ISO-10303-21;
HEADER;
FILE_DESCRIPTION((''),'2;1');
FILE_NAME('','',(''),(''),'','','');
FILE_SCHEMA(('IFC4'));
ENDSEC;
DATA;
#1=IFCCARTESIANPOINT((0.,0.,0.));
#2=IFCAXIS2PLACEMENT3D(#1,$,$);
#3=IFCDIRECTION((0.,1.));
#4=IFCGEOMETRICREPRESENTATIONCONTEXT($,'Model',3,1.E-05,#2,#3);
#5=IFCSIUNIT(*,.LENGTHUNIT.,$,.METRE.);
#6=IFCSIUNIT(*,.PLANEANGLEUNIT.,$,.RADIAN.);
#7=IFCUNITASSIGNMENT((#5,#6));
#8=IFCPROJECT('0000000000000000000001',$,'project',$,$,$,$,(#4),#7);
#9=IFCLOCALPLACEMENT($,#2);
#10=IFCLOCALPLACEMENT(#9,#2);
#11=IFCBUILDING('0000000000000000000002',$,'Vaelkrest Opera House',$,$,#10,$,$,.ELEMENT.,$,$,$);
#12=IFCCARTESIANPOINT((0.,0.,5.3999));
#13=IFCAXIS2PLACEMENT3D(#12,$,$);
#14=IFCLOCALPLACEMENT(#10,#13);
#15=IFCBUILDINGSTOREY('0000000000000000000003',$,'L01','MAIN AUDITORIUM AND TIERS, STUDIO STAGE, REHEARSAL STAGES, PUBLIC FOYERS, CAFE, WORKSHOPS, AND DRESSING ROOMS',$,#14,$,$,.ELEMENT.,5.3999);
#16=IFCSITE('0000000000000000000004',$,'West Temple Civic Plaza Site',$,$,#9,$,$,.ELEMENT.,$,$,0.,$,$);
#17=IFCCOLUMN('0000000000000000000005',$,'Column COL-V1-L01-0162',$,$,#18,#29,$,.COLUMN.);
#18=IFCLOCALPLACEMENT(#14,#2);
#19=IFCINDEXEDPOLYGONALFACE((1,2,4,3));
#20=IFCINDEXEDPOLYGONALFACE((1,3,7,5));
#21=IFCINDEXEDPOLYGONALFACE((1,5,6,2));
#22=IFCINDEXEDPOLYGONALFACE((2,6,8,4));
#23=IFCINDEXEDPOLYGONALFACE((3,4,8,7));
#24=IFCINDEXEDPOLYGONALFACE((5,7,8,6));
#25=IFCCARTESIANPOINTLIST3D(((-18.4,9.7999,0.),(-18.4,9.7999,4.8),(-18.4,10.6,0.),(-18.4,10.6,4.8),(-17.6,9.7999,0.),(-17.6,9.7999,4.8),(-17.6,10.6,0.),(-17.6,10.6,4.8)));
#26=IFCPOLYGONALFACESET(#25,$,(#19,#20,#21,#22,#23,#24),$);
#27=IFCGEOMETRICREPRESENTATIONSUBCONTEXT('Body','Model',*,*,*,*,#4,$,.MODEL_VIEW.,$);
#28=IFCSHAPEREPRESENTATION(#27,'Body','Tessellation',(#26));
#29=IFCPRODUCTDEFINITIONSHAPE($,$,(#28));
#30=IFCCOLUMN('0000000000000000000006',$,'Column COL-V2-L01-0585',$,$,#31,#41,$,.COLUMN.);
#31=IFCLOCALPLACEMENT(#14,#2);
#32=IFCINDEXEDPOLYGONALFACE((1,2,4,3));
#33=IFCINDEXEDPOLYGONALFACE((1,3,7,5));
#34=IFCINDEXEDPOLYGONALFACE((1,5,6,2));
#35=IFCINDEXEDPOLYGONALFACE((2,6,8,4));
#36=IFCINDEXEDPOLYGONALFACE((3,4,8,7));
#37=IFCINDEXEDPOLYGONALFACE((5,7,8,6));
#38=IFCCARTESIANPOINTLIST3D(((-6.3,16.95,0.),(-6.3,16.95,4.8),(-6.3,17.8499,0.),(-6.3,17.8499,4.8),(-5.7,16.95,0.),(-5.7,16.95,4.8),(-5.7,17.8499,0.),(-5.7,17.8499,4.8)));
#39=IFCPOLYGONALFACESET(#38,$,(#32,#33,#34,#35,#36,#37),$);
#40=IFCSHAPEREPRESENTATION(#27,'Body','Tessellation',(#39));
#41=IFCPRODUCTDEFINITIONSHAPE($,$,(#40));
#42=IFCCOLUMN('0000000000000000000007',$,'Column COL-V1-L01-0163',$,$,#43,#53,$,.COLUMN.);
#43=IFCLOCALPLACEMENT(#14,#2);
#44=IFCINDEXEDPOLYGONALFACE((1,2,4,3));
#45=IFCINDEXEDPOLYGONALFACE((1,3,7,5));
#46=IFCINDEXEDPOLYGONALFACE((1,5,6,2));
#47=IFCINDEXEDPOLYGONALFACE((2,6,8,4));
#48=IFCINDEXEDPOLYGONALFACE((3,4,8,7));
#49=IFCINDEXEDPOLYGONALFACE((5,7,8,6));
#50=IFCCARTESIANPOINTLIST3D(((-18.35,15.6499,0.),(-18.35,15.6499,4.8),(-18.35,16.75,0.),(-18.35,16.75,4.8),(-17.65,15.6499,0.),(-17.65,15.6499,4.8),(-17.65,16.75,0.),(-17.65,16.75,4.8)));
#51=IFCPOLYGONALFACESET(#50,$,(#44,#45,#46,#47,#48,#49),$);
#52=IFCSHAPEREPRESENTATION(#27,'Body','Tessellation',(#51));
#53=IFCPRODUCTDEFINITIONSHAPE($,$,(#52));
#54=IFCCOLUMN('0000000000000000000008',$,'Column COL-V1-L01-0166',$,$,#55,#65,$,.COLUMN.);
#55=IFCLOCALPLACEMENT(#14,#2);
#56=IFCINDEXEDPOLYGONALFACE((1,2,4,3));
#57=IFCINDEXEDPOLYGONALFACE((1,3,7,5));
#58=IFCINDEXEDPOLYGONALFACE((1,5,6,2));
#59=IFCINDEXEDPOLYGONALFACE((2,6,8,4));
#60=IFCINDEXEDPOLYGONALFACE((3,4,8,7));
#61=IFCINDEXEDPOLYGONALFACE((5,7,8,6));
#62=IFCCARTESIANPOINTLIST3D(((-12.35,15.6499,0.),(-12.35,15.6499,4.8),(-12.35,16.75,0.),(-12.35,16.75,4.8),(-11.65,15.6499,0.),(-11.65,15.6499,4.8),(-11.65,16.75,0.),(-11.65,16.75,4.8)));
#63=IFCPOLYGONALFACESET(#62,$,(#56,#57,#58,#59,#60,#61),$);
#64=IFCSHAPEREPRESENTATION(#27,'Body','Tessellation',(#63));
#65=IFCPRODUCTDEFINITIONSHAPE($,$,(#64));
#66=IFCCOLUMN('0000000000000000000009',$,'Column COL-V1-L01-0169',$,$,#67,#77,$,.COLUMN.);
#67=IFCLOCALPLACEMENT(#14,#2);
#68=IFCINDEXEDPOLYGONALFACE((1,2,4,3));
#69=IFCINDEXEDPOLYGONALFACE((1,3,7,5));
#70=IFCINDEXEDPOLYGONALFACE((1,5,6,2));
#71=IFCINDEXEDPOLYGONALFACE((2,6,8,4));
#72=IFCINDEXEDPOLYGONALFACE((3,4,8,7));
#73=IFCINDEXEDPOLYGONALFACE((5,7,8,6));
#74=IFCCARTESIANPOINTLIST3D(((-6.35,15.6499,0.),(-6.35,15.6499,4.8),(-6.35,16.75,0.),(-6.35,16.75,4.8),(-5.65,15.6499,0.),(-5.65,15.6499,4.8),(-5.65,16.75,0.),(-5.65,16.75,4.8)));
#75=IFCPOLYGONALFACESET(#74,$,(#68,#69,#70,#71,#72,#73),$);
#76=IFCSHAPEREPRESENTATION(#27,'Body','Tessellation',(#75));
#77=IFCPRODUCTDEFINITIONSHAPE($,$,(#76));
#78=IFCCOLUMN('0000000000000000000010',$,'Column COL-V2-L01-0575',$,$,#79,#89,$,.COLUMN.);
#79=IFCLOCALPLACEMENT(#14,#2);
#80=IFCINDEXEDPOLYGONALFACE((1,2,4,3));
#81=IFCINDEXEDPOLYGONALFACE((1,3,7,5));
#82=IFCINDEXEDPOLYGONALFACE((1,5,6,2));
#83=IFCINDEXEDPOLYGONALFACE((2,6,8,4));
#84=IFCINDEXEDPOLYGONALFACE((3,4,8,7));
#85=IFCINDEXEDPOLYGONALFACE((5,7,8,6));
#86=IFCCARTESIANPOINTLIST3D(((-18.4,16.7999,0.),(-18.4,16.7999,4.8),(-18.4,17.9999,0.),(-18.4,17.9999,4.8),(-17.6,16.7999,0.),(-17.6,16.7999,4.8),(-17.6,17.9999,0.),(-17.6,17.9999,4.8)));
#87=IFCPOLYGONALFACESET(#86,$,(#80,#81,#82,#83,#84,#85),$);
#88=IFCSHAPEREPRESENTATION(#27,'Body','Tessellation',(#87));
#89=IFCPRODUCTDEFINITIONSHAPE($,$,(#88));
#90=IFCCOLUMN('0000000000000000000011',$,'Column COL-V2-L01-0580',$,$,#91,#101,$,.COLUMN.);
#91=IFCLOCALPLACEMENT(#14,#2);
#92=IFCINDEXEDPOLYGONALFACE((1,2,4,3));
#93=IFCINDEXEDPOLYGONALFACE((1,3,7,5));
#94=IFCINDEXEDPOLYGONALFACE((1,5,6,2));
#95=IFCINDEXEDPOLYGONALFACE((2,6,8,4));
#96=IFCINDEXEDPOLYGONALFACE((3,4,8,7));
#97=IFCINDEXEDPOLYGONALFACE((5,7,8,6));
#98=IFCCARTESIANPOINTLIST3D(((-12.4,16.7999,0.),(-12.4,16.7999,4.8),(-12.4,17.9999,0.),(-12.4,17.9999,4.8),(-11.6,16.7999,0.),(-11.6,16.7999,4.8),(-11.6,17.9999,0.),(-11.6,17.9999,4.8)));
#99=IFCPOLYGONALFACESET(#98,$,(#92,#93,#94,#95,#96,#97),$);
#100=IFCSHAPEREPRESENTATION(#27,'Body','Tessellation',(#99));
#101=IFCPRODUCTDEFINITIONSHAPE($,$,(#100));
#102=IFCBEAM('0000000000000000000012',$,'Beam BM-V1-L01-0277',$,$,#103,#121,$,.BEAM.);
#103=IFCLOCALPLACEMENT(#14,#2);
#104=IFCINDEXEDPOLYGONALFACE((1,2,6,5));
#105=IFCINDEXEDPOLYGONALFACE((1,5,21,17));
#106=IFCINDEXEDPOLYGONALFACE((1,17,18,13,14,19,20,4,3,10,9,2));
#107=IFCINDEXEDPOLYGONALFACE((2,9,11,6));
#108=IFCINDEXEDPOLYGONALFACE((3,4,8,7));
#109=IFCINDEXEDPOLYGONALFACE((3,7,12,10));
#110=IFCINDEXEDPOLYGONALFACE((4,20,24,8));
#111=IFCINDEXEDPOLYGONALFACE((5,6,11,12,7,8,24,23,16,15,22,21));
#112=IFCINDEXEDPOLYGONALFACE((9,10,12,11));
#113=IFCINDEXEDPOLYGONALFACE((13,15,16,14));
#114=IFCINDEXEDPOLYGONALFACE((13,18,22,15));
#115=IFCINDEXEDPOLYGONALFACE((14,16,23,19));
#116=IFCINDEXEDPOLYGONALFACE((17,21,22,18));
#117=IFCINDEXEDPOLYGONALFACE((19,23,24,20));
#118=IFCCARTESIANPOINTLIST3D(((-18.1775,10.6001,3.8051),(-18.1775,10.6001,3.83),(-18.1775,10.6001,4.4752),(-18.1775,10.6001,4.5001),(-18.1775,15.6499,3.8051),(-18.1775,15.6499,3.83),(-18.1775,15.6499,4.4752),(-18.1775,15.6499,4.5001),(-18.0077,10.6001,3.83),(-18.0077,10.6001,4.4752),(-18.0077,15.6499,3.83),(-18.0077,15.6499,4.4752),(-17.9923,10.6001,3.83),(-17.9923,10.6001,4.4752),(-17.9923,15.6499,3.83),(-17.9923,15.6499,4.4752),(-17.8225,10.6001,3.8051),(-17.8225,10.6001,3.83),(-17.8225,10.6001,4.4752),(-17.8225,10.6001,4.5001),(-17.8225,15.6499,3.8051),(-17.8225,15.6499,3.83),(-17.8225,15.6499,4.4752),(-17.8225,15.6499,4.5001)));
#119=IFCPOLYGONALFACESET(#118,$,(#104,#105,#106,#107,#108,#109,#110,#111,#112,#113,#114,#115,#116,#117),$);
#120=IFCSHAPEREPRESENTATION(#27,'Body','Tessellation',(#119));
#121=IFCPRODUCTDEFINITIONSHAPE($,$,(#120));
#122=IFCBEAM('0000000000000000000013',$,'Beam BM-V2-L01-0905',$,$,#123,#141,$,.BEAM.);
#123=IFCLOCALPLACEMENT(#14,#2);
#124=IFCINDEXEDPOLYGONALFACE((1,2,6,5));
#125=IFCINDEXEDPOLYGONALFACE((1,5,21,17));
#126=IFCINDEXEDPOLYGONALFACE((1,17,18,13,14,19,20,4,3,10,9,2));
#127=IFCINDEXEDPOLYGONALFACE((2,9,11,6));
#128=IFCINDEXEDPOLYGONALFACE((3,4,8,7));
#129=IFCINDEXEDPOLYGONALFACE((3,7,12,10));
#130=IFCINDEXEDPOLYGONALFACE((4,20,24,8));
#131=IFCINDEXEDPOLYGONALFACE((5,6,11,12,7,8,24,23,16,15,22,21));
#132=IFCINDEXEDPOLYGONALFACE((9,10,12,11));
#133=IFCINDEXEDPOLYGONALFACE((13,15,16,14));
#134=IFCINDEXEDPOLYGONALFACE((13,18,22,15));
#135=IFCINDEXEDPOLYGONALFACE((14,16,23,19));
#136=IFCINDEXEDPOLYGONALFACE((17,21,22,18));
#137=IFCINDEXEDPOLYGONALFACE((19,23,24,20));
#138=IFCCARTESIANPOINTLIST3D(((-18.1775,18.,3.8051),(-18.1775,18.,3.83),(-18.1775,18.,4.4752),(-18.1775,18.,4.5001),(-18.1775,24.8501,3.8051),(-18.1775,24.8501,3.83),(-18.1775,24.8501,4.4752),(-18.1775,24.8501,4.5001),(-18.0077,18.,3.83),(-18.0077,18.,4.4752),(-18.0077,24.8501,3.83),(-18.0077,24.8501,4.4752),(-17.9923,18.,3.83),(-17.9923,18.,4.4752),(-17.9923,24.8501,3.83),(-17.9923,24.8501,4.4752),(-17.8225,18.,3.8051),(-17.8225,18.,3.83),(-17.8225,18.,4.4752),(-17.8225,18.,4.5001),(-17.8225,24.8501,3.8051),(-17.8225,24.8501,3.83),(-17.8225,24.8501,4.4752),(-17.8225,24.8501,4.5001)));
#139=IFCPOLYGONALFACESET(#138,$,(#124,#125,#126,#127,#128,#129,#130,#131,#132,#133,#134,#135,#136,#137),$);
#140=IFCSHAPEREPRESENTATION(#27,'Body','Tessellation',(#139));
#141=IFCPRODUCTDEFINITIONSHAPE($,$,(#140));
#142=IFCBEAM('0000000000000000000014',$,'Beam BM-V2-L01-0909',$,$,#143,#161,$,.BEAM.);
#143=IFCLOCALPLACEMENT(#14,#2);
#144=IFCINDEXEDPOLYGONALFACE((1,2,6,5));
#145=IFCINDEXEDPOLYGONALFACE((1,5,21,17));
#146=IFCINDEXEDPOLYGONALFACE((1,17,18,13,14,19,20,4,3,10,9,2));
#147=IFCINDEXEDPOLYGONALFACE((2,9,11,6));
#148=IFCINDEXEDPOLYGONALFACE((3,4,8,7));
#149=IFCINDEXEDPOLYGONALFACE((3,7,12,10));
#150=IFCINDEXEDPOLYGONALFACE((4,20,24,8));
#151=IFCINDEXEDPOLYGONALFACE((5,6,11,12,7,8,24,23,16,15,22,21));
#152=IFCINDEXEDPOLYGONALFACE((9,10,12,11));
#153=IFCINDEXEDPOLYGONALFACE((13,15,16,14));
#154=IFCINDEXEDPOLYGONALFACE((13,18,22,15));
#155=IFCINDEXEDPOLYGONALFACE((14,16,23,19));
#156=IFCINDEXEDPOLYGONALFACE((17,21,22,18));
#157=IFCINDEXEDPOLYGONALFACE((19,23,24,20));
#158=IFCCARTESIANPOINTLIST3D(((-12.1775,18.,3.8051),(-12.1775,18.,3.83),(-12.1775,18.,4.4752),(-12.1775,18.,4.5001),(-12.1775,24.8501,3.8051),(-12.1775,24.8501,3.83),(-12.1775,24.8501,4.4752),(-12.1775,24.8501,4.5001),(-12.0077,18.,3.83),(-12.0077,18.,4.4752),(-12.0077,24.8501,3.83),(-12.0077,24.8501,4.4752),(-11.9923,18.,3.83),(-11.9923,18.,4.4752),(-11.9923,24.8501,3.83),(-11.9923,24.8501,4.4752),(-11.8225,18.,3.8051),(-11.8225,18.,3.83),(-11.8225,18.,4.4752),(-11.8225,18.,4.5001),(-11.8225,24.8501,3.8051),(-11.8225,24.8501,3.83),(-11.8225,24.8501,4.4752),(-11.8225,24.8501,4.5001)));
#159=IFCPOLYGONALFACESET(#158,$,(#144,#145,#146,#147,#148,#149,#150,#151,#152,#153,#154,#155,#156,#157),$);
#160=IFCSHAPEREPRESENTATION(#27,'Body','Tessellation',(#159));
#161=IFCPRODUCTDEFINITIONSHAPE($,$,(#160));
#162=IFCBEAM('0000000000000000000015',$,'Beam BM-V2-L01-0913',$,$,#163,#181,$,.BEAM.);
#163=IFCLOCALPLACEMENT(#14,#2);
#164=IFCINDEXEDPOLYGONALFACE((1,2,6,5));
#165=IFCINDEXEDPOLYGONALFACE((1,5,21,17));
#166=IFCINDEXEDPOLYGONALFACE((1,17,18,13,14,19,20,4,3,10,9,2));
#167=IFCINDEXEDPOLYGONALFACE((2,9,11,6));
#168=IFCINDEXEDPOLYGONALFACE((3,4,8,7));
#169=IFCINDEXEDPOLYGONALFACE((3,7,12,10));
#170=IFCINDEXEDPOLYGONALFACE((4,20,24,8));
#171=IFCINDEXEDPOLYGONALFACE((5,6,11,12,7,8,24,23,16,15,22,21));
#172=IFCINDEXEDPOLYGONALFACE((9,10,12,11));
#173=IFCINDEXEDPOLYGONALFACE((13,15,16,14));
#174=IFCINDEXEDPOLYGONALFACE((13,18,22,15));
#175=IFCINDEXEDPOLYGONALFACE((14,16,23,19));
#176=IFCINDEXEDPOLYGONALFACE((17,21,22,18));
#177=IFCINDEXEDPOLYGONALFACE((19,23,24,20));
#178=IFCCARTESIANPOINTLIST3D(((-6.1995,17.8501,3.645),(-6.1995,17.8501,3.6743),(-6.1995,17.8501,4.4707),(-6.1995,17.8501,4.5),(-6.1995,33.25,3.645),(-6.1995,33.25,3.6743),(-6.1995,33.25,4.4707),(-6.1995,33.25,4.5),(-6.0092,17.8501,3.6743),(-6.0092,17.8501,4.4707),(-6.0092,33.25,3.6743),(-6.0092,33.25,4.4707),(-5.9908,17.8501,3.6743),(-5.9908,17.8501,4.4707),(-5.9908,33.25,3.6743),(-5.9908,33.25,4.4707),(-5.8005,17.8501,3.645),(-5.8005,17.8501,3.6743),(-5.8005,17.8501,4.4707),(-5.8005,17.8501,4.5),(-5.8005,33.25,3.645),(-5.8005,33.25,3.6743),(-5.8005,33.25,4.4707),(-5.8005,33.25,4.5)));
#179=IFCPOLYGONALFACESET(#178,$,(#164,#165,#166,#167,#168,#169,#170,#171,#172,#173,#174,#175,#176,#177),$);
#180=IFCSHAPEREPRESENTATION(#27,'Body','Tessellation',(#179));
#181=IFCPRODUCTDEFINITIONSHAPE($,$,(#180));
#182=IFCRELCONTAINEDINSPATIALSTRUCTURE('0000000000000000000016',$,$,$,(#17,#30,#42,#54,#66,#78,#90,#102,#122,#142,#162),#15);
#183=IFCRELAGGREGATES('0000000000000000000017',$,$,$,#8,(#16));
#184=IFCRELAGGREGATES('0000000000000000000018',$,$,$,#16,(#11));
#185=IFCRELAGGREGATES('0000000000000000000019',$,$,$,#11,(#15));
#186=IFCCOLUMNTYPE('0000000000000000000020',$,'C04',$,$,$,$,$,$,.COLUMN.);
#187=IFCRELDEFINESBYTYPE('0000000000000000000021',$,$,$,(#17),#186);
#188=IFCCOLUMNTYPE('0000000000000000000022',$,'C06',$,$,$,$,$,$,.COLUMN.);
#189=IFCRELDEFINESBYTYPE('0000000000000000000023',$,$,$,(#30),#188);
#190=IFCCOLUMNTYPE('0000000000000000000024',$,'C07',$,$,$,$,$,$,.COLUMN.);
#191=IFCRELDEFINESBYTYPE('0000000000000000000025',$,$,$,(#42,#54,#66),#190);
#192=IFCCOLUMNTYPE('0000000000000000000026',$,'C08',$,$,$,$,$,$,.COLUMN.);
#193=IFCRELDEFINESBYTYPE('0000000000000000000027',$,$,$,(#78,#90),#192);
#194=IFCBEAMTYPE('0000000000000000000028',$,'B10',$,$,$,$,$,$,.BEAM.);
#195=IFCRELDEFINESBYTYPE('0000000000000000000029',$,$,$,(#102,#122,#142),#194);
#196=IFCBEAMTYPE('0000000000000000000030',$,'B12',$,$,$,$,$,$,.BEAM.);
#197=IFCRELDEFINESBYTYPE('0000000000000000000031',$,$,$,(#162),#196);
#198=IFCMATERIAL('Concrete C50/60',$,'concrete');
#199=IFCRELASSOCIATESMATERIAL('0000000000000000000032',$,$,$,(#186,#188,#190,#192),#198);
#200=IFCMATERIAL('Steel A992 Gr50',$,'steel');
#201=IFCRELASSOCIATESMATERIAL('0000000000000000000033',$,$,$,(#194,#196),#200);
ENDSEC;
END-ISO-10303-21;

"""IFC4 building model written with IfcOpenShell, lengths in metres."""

from ifc_helpers import new_model, si_unit, direction, frame, origin, origin_2d, place, context, subcontext, project, spatial, rectangle, i_section, extrude, material, material_profile, profile_set, type_object, element, save


model = new_model("IFC4")

# Units and contexts
model_context = context("Model", 3, precision=1e-05, world=origin(), true_north=direction((0.0, 1.0)))
body_context = subcontext(model_context, "Body", "Model", "MODEL_VIEW")
ifc_project = project(units=[si_unit("LENGTHUNIT", "METRE"), si_unit("PLANEANGLEUNIT", "RADIAN")], contexts=[model_context])

# Site, building, storey
site_placement = place(None, origin())
site = spatial("IfcSite", under=ifc_project, at=site_placement, Name="West Temple Civic Plaza Site", CompositionType="ELEMENT", RefElevation=0.0)
building_placement = place(site_placement, origin())
building = spatial("IfcBuilding", under=site, at=building_placement, Name="Vaelkrest Opera House", CompositionType="ELEMENT")
storey_placement = place(building_placement, frame((0.0, 0.0, 5.3999)))
storey = spatial("IfcBuildingStorey", under=building, at=storey_placement, Name="L01", Description="MAIN AUDITORIUM AND TIERS, STUDIO STAGE, REHEARSAL STAGES, PUBLIC FOYERS, CAFE, WORKSHOPS, AND DRESSING ROOMS", CompositionType="ELEMENT", Elevation=5.3999)

# Columns
ifc_material_1 = material(Name="Concrete C50/60", Category="concrete")
ifc_material_profile_1 = material_profile(ifc_material_1, rectangle(XDim=0.8, YDim=0.8, at=origin_2d()), Name="RC800X800")
ifc_profile_set_1 = profile_set([ifc_material_profile_1], Name="Concrete C50/60")
column_type_1 = type_object("IfcColumnType", Name="C04", PredefinedType="COLUMN", material=ifc_profile_set_1)
column_1_placement = place(storey_placement, frame((-18.0, 10.2, 0.0), z_axis=(0.0, 0.0, 1.0), x_axis=(1.0, 0.0, 0.0)))
element("IfcColumn", 1, at=column_1_placement, inside=storey, type_object=column_type_1, Name="Column COL-V1-L01-0162", PredefinedType="COLUMN", context=body_context, shape_type="SweptSolid", body=[
    extrude(rectangle(XDim=0.8, YDim=0.8, at=origin_2d()), origin(), (0.0, 0.0, 1.0), 4.8),
])
ifc_material_profile_2 = material_profile(ifc_material_1, rectangle(XDim=0.6001, YDim=0.8999, at=origin_2d()), Name="RC600X900")
ifc_profile_set_2 = profile_set([ifc_material_profile_2], Name="Concrete C50/60")
column_type_2 = type_object("IfcColumnType", Name="C06", PredefinedType="COLUMN", material=ifc_profile_set_2)
column_2_placement = place(storey_placement, frame((-6.0, 17.3999, 0.0), z_axis=(0.0, 0.0, 1.0), x_axis=(1.0, 0.0, 0.0)))
element("IfcColumn", 2, at=column_2_placement, inside=storey, type_object=column_type_2, Name="Column COL-V2-L01-0585", PredefinedType="COLUMN", context=body_context, shape_type="SweptSolid", body=[
    extrude(rectangle(XDim=0.6001, YDim=0.8999, at=origin_2d()), origin(), (0.0, 0.0, 1.0), 4.8),
])
ifc_material_profile_3 = material_profile(ifc_material_1, rectangle(XDim=0.7, YDim=1.1001, at=origin_2d()), Name="RC700X1100")
ifc_profile_set_3 = profile_set([ifc_material_profile_3], Name="Concrete C50/60")
column_type_3 = type_object("IfcColumnType", Name="C07", PredefinedType="COLUMN", material=ifc_profile_set_3)
for number, where, z_axis, x_axis, name in (
    (3, (-18.0, 16.2, 0.0), (0.0, 0.0, 1.0), (1.0, 0.0, 0.0), "Column COL-V1-L01-0163"),
    (4, (-12.0, 16.2, 0.0), (0.0, 0.0, 1.0), (1.0, 0.0, 0.0), "Column COL-V1-L01-0166"),
    (5, (-6.0, 16.2, 0.0), (0.0, 0.0, 1.0), (1.0, 0.0, 0.0), "Column COL-V1-L01-0169"),
):
    element("IfcColumn", number, at=place(storey_placement, frame(where, z_axis=z_axis, x_axis=x_axis)), inside=storey, type_object=column_type_3, Name=name, PredefinedType="COLUMN", context=body_context, shape_type="SweptSolid", body=[
        extrude(rectangle(XDim=0.7, YDim=1.1001, at=origin_2d()), origin(), (0.0, 0.0, 1.0), 4.8),
    ])
ifc_material_profile_4 = material_profile(ifc_material_1, rectangle(XDim=0.8, YDim=1.2, at=origin_2d()), Name="RC800X1200")
ifc_profile_set_4 = profile_set([ifc_material_profile_4], Name="Concrete C50/60")
column_type_4 = type_object("IfcColumnType", Name="C08", PredefinedType="COLUMN", material=ifc_profile_set_4)
for number, where, z_axis, x_axis, name in (
    (6, (-18.0, 17.3999, 0.0), (0.0, 0.0, 1.0), (1.0, 0.0, 0.0), "Column COL-V2-L01-0575"),
    (7, (-12.0, 17.3999, 0.0), (0.0, 0.0, 1.0), (1.0, 0.0, 0.0), "Column COL-V2-L01-0580"),
):
    element("IfcColumn", number, at=place(storey_placement, frame(where, z_axis=z_axis, x_axis=x_axis)), inside=storey, type_object=column_type_4, Name=name, PredefinedType="COLUMN", context=body_context, shape_type="SweptSolid", body=[
        extrude(rectangle(XDim=0.8, YDim=1.2, at=origin_2d()), origin(), (0.0, 0.0, 1.0), 4.8),
    ])

# Beams
ifc_material_2 = material(Name="Steel A992 Gr50", Category="steel")
ifc_material_profile_5 = material_profile(ifc_material_2, i_section(OverallWidth=0.355, OverallDepth=0.6951, WebThickness=0.0154, FlangeThickness=0.0249, at=origin_2d()), Name="W27X146")
ifc_profile_set_5 = profile_set([ifc_material_profile_5], Name="Steel A992 Gr50")
beam_type_1 = type_object("IfcBeamType", Name="B10", PredefinedType="BEAM", material=ifc_profile_set_5)
beam_1_placement = place(storey_placement, frame((-18.0, 10.6001, 4.1526), z_axis=(0.0, 1.0, 0.0), x_axis=(-1.0, 0.0, 0.0)))
element("IfcBeam", 8, at=beam_1_placement, inside=storey, type_object=beam_type_1, Name="Beam BM-V1-L01-0277", PredefinedType="BEAM", context=body_context, shape_type="SweptSolid", body=[
    extrude(i_section(OverallWidth=0.355, OverallDepth=0.6951, WebThickness=0.0154, FlangeThickness=0.0249, at=origin_2d()), origin(), (0.0, 0.0, 1.0), 5.0498),
])
for number, where, z_axis, x_axis, name in (
    (9, (-18.0, 18.0, 4.1526), (0.0, 1.0, 0.0), (-1.0, 0.0, 0.0), "Beam BM-V2-L01-0905"),
    (10, (-12.0, 18.0, 4.1526), (0.0, 1.0, 0.0), (-1.0, 0.0, 0.0), "Beam BM-V2-L01-0909"),
):
    element("IfcBeam", number, at=place(storey_placement, frame(where, z_axis=z_axis, x_axis=x_axis)), inside=storey, type_object=beam_type_1, Name=name, PredefinedType="BEAM", context=body_context, shape_type="SweptSolid", body=[
        extrude(i_section(OverallWidth=0.355, OverallDepth=0.6951, WebThickness=0.0154, FlangeThickness=0.0249, at=origin_2d()), origin(), (0.0, 0.0, 1.0), 6.8501),
    ])
ifc_material_profile_6 = material_profile(ifc_material_2, i_section(OverallWidth=0.3989, OverallDepth=0.855, WebThickness=0.0183, FlangeThickness=0.0293, at=origin_2d()), Name="W33X201")
ifc_profile_set_6 = profile_set([ifc_material_profile_6], Name="Steel A992 Gr50")
beam_type_2 = type_object("IfcBeamType", Name="B12", PredefinedType="BEAM", material=ifc_profile_set_6)
beam_2_placement = place(storey_placement, frame((-6.0, 17.8501, 4.0725), z_axis=(0.0, 1.0, 0.0), x_axis=(-1.0, 0.0, 0.0)))
element("IfcBeam", 11, at=beam_2_placement, inside=storey, type_object=beam_type_2, Name="Beam BM-V2-L01-0913", PredefinedType="BEAM", context=body_context, shape_type="SweptSolid", body=[
    extrude(i_section(OverallWidth=0.3989, OverallDepth=0.855, WebThickness=0.0183, FlangeThickness=0.0293, at=origin_2d()), origin(), (0.0, 0.0, 1.0), 15.3999),
])

save(model, "model.ifc")
